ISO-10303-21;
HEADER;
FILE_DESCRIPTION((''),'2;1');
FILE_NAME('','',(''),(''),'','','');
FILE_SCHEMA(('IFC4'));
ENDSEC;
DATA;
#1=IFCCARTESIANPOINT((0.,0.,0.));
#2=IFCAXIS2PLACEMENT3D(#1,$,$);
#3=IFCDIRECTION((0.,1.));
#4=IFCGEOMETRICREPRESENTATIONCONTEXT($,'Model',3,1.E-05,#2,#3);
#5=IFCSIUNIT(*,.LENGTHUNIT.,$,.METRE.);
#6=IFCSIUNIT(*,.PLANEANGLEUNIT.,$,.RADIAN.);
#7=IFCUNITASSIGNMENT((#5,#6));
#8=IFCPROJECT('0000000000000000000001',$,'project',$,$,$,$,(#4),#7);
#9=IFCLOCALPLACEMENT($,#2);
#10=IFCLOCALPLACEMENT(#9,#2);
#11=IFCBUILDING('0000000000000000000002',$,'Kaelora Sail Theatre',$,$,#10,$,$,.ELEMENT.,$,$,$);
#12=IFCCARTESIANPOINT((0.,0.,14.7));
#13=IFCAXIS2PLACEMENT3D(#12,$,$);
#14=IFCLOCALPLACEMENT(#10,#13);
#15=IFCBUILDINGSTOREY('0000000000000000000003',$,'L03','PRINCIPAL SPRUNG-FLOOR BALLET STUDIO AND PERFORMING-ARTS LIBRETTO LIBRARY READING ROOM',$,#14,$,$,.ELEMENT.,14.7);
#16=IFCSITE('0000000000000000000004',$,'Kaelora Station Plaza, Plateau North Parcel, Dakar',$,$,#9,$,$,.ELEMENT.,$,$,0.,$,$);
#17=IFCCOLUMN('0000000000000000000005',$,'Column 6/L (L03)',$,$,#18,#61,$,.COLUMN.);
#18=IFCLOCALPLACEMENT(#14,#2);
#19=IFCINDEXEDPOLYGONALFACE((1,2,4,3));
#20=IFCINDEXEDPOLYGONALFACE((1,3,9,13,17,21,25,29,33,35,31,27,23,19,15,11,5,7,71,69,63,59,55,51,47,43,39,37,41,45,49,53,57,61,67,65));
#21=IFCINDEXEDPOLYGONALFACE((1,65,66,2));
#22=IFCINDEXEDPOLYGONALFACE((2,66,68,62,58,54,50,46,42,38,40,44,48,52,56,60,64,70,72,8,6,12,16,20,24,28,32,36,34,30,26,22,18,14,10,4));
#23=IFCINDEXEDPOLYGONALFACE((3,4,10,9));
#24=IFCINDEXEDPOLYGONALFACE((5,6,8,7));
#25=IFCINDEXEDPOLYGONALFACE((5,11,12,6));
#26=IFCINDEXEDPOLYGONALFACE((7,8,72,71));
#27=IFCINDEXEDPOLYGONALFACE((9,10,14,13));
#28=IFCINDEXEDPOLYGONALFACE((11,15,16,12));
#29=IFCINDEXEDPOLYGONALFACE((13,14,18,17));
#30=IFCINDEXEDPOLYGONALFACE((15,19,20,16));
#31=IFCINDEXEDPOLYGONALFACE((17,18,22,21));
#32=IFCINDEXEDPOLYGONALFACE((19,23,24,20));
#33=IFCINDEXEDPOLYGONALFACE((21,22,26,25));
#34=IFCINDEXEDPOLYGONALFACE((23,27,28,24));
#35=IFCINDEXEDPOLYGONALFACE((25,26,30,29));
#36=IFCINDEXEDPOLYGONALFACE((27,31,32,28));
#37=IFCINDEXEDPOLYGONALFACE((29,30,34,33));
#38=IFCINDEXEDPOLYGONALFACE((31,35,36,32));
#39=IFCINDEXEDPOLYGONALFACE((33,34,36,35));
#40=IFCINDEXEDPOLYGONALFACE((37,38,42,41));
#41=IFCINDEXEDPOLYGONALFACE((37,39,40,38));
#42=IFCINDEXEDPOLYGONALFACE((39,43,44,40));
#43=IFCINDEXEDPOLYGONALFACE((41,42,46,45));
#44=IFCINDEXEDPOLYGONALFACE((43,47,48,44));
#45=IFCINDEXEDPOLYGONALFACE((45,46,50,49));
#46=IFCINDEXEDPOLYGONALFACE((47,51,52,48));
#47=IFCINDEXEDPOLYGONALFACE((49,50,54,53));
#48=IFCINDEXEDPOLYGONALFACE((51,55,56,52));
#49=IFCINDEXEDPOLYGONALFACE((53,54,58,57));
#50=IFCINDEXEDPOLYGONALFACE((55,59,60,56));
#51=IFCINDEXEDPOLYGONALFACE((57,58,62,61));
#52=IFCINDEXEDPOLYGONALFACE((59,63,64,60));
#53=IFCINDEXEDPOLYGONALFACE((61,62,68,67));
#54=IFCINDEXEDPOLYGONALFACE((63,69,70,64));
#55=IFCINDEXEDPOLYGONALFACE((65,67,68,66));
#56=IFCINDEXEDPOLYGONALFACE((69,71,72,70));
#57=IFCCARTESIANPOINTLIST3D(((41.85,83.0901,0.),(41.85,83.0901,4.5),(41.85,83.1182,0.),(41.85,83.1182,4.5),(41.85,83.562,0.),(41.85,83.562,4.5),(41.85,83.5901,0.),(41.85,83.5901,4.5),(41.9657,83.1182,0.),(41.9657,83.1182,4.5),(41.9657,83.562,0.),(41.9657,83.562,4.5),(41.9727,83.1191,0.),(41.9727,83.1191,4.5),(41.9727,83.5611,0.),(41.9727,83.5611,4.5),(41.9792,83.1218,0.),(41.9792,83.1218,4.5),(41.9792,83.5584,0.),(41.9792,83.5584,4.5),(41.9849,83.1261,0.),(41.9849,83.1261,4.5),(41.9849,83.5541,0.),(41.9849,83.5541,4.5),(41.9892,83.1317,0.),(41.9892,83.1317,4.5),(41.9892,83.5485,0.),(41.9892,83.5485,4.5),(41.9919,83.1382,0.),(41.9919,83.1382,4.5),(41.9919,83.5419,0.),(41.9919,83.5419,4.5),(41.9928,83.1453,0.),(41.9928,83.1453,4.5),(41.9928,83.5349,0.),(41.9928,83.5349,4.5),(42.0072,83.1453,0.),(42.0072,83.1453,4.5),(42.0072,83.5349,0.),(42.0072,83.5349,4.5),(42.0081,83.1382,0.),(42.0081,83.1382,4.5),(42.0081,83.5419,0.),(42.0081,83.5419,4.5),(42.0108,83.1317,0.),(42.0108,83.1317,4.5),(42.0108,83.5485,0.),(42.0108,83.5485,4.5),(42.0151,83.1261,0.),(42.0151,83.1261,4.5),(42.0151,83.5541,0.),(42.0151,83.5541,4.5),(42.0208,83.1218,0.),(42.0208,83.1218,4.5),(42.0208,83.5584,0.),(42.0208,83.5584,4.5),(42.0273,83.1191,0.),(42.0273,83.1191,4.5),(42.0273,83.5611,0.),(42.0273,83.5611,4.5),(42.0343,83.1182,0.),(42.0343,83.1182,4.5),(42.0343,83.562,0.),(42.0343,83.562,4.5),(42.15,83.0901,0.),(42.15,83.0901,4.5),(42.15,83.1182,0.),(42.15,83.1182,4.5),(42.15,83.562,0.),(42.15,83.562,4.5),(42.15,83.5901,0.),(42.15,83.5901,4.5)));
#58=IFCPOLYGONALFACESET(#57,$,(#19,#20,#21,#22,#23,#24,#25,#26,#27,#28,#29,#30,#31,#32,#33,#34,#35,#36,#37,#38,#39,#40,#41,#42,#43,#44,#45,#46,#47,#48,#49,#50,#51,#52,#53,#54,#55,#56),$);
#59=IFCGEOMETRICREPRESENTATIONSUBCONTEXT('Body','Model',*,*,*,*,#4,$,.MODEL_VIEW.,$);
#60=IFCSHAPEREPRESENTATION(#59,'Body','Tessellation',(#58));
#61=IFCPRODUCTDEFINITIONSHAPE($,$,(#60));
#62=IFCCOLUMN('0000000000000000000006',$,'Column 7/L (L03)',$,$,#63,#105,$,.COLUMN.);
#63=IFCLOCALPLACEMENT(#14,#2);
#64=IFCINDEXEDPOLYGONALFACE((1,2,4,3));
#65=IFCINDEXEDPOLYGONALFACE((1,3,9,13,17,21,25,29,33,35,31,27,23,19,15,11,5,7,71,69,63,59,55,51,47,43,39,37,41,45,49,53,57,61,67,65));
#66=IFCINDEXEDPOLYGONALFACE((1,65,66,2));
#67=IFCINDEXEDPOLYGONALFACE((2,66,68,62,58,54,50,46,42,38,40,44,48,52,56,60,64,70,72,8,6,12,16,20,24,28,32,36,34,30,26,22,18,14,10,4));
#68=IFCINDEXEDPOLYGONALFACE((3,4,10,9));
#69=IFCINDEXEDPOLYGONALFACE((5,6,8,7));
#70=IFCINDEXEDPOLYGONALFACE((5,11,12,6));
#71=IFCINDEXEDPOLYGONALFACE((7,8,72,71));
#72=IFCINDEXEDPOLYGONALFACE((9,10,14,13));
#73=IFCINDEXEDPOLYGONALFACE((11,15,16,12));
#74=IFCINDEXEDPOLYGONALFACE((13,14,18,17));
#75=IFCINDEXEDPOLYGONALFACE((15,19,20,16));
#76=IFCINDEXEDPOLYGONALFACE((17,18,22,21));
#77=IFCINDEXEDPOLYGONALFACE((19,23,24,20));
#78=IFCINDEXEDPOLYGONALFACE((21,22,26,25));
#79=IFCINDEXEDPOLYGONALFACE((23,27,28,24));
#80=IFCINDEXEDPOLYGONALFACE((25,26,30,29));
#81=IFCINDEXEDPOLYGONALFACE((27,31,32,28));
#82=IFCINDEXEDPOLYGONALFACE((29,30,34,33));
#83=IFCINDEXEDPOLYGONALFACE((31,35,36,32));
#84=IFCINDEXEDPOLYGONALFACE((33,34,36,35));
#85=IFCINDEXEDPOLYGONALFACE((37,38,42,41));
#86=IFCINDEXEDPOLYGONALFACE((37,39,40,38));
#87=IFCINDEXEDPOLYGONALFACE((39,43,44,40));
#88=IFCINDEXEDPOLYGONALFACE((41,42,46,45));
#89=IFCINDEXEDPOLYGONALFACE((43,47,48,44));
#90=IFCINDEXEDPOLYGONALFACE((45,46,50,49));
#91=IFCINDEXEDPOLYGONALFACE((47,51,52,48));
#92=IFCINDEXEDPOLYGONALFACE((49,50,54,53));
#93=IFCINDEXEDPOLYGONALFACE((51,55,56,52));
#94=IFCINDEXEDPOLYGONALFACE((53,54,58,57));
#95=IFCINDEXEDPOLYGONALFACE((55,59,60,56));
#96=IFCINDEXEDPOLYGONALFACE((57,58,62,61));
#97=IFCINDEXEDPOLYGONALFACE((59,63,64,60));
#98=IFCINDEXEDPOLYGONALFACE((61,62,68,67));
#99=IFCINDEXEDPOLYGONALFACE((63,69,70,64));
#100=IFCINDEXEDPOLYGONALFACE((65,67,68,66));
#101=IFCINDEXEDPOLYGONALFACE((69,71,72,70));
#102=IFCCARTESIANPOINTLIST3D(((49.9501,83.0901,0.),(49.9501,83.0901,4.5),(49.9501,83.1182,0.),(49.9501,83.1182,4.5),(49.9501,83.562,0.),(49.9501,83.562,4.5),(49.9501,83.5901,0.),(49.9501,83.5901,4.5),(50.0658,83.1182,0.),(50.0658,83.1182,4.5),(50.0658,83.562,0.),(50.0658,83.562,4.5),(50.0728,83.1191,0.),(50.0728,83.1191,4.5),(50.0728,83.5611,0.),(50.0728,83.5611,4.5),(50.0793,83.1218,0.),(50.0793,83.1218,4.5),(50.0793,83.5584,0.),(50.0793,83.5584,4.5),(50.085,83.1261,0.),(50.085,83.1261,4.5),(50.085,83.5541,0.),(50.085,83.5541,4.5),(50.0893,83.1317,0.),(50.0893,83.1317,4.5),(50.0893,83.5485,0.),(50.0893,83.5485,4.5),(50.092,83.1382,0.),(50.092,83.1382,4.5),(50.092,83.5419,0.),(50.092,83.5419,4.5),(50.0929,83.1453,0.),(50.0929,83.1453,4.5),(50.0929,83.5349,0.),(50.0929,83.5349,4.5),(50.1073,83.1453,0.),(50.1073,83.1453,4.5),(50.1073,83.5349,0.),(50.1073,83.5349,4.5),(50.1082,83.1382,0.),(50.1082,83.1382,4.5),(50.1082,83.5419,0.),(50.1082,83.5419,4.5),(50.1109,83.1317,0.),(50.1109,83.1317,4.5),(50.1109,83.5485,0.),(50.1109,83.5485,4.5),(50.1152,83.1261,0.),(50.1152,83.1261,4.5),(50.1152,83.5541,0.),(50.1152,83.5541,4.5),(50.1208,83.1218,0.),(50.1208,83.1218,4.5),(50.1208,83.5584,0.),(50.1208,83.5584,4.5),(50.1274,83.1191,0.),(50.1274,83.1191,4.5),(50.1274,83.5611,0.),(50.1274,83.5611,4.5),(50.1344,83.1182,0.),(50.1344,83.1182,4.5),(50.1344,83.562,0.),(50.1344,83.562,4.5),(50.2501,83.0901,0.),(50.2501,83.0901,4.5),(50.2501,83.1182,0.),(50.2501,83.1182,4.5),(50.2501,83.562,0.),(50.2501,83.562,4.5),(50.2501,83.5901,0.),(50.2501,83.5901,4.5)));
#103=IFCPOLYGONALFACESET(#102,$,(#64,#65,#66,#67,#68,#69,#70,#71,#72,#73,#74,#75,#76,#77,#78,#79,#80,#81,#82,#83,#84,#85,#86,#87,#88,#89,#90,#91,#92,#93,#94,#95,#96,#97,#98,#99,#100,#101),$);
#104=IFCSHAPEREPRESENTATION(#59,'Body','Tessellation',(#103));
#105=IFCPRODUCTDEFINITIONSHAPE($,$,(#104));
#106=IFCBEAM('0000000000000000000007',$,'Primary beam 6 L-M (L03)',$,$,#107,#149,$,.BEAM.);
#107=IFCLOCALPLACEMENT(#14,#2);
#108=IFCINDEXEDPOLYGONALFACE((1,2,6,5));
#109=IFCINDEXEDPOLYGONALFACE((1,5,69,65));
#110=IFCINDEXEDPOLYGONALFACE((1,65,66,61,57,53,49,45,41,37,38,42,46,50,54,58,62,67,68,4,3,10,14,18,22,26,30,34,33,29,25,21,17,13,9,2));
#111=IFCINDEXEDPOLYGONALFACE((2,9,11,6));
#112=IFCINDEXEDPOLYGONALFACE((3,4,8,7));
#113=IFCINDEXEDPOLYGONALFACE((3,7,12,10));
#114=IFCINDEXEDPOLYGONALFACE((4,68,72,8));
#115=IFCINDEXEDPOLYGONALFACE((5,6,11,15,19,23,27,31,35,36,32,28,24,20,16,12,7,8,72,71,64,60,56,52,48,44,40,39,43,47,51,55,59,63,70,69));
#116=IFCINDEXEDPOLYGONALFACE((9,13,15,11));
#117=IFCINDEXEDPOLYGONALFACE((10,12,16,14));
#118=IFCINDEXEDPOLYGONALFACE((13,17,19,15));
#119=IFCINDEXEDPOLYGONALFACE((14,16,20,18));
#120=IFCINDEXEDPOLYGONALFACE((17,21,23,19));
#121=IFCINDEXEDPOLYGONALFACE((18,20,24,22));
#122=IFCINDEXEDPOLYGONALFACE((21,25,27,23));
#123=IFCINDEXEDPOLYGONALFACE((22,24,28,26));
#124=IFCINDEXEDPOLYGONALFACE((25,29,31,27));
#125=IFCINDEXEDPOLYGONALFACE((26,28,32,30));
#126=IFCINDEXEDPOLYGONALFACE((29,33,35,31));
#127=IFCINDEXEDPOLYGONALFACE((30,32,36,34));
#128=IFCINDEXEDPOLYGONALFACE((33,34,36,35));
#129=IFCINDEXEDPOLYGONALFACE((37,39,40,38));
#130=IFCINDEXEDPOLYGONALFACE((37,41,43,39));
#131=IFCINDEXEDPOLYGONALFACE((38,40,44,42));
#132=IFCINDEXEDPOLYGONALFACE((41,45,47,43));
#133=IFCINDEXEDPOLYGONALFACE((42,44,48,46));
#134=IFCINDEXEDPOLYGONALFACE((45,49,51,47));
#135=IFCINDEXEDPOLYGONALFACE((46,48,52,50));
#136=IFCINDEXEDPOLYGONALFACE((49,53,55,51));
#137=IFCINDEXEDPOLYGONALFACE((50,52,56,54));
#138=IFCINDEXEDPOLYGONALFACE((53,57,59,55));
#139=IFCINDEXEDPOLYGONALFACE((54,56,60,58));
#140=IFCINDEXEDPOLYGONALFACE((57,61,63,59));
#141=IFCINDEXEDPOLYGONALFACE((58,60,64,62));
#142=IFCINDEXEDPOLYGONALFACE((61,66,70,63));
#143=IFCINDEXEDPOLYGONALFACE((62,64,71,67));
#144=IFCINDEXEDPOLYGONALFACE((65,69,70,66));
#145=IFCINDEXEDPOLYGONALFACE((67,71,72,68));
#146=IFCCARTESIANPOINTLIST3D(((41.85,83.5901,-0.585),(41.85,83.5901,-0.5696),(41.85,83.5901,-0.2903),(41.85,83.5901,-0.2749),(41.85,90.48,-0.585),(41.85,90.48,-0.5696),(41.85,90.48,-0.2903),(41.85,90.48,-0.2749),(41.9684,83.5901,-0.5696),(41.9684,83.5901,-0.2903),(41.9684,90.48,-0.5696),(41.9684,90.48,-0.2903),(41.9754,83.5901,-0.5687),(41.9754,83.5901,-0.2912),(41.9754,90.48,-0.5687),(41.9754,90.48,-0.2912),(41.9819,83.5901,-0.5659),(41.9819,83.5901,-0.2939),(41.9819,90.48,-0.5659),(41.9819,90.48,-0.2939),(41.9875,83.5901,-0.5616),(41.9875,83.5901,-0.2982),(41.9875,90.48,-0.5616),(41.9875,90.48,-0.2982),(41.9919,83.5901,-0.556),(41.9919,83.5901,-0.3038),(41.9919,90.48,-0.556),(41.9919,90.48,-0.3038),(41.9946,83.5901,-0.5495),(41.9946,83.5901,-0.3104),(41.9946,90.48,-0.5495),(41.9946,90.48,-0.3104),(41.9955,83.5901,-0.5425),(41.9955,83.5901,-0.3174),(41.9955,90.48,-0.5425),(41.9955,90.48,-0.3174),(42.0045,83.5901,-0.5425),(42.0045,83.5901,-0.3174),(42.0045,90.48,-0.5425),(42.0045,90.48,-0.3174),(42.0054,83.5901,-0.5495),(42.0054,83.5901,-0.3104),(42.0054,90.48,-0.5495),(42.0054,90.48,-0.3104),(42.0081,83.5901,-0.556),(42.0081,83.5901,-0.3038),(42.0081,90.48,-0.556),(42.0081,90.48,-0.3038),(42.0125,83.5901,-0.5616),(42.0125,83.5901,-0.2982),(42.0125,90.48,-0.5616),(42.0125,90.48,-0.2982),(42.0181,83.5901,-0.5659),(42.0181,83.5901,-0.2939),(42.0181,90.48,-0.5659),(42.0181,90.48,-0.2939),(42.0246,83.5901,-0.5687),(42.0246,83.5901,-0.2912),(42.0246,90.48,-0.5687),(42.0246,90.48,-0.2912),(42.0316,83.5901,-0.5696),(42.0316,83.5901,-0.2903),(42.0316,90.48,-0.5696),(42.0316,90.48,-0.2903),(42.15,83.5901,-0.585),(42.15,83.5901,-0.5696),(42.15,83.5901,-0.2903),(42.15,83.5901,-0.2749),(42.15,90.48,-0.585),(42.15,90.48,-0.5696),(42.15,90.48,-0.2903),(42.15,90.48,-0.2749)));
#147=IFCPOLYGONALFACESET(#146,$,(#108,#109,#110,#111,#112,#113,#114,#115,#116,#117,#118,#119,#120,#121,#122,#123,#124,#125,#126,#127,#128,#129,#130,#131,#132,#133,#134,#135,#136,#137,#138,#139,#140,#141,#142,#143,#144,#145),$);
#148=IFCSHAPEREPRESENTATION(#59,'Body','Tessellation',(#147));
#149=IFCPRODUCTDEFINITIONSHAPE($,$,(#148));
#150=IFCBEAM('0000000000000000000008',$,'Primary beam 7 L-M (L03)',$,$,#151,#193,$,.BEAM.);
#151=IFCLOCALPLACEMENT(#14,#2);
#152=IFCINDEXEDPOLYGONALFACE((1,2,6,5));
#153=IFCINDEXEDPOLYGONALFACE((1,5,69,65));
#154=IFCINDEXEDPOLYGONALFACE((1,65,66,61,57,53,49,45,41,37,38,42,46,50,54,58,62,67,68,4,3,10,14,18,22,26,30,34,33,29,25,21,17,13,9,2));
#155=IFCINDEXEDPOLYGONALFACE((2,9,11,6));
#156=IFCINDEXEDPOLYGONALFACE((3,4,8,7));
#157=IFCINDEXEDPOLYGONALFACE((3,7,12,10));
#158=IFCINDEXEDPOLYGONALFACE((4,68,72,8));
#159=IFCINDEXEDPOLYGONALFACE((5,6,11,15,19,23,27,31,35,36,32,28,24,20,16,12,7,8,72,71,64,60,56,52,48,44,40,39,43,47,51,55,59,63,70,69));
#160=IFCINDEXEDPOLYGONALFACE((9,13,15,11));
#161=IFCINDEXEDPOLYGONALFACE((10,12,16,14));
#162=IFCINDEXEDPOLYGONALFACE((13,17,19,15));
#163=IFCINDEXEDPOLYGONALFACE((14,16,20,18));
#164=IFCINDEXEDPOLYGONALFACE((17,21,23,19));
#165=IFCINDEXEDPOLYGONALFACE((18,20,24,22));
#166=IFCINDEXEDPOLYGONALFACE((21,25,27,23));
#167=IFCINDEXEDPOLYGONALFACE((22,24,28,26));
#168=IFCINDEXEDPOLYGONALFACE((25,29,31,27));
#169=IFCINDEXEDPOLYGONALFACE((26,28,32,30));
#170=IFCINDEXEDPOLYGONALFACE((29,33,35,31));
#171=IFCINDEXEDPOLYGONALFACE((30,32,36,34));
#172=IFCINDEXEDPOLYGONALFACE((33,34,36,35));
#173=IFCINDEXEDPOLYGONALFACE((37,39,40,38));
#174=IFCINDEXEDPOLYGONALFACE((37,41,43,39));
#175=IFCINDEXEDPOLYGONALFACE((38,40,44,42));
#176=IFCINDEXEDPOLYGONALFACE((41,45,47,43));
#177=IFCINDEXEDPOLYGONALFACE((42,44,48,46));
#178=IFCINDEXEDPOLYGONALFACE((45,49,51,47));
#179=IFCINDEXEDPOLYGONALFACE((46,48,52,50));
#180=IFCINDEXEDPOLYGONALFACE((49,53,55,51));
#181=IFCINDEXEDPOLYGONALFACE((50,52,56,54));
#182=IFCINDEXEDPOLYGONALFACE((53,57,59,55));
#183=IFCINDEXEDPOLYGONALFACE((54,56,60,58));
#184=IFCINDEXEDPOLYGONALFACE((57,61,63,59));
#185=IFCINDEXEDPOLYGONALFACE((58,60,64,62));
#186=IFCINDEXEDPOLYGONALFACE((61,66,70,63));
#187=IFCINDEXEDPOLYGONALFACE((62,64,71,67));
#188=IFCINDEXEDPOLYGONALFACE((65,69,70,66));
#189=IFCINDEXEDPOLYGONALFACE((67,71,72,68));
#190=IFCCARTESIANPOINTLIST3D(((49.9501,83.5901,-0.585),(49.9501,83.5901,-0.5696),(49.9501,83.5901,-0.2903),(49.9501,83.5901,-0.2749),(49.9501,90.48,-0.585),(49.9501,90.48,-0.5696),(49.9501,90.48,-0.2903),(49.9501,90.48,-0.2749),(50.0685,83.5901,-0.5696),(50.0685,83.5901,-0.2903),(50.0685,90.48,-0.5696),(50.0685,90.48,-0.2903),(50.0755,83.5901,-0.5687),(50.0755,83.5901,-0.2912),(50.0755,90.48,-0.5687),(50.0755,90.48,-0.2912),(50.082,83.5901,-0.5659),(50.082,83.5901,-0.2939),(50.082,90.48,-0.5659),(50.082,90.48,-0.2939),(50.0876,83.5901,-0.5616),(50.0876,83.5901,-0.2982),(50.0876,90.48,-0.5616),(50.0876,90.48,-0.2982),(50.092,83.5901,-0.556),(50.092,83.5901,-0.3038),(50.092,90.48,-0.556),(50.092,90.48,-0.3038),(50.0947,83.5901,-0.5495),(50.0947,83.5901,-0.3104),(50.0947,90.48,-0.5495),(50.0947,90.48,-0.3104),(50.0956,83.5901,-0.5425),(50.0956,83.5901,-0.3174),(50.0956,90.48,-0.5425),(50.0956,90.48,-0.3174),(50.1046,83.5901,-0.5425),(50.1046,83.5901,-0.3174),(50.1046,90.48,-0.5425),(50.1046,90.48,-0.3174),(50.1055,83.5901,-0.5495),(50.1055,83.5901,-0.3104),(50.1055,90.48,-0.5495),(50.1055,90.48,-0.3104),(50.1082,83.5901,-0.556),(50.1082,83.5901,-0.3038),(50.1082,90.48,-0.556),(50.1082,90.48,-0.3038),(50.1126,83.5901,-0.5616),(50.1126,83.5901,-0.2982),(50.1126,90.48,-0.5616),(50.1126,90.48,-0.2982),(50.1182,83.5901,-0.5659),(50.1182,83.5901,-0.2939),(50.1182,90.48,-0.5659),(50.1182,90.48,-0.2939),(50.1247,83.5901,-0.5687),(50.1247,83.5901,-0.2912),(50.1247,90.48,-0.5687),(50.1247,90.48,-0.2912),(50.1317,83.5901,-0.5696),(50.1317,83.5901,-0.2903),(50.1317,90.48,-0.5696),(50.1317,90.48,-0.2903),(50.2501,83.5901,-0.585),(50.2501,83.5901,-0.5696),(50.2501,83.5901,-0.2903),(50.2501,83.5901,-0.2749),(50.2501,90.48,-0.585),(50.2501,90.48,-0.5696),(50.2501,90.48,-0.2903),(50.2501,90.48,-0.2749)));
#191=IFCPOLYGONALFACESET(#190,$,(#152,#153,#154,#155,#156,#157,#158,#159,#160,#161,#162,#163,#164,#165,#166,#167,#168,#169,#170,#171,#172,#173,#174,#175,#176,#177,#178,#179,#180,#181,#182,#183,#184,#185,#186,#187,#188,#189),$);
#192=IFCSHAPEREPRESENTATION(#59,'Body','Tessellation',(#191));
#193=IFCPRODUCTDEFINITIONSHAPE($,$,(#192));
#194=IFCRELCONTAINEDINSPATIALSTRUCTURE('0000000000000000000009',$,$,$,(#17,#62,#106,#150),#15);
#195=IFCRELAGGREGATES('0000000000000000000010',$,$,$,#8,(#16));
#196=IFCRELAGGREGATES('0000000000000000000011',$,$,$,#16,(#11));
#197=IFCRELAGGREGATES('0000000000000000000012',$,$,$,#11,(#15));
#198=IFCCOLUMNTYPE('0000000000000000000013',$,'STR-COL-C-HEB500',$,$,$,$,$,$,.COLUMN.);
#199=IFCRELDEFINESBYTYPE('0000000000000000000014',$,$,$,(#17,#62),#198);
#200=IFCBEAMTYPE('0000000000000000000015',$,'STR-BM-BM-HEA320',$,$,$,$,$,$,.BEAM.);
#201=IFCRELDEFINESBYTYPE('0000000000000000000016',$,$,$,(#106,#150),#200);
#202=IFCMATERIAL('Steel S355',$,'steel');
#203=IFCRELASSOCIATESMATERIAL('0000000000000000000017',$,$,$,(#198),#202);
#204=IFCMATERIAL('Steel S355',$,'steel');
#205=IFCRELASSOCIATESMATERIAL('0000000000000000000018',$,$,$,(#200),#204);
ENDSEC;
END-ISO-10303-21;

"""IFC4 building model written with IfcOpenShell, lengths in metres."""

from ifc_helpers import new_model, si_unit, direction, frame, origin, origin_2d, place, context, subcontext, project, spatial, i_section, extrude, material, material_profile, profile_set, type_object, element, save


model = new_model("IFC4")

# Units and contexts
model_context = context("Model", 3, precision=1e-05, world=origin(), true_north=direction((0.0, 1.0)))
body_context = subcontext(model_context, "Body", "Model", "MODEL_VIEW")
ifc_project = project(units=[si_unit("LENGTHUNIT", "METRE"), si_unit("PLANEANGLEUNIT", "RADIAN")], contexts=[model_context])

# Site, building, storey
site_placement = place(None, origin())
site = spatial("IfcSite", under=ifc_project, at=site_placement, Name="Kaelora Station Plaza, Plateau North Parcel, Dakar", CompositionType="ELEMENT", RefElevation=0.0)
building_placement = place(site_placement, origin())
building = spatial("IfcBuilding", under=site, at=building_placement, Name="Kaelora Sail Theatre", CompositionType="ELEMENT")
storey_placement = place(building_placement, frame((0.0, 0.0, 14.7)))
storey = spatial("IfcBuildingStorey", under=building, at=storey_placement, Name="L03", Description="PRINCIPAL SPRUNG-FLOOR BALLET STUDIO AND PERFORMING-ARTS LIBRETTO LIBRARY READING ROOM", CompositionType="ELEMENT", Elevation=14.7)

# Columns
ifc_material_1 = material(Name="Steel S355", Category="steel")
ifc_material_profile_1 = material_profile(ifc_material_1, i_section(OverallWidth=0.3, OverallDepth=0.5, WebThickness=0.0144, FlangeThickness=0.0281, FilletRadius=0.0271, at=origin_2d()), Name="HEB 500")
ifc_profile_set_1 = profile_set([ifc_material_profile_1], Name="Steel S355")
column_type = type_object("IfcColumnType", Name="STR-COL-C-HEB500", PredefinedType="COLUMN", material=ifc_profile_set_1)
for number, where, z_axis, x_axis, name in (
    (1, (42.0, 83.3401, 0.0), (0.0, 0.0, 1.0), (1.0, 0.0, 0.0), "Column 6/L (L03)"),
    (2, (50.1001, 83.3401, 0.0), (0.0, 0.0, 1.0), (1.0, 0.0, 0.0), "Column 7/L (L03)"),
):
    element("IfcColumn", number, at=place(storey_placement, frame(where, z_axis=z_axis, x_axis=x_axis)), inside=storey, type_object=column_type, Name=name, PredefinedType="COLUMN", context=body_context, shape_type="SweptSolid", body=[
        extrude(i_section(OverallWidth=0.3, OverallDepth=0.5, WebThickness=0.0144, FlangeThickness=0.0281, FilletRadius=0.0271, at=origin_2d()), origin(), (0.0, 0.0, 1.0), 4.5),
    ])

# Beams
ifc_material_2 = material(Name="Steel S355", Category="steel")
ifc_material_profile_2 = material_profile(ifc_material_2, i_section(OverallWidth=0.3, OverallDepth=0.3101, WebThickness=0.009, FlangeThickness=0.0154, FilletRadius=0.0271, at=origin_2d()), Name="HEA 320")
ifc_profile_set_2 = profile_set([ifc_material_profile_2], Name="Steel S355")
beam_type_1 = type_object("IfcBeamType", Name="STR-BM-BM-HEA320", PredefinedType="BEAM", material=ifc_profile_set_2)
for number, where, z_axis, x_axis, name in (
    (3, (42.0, 83.5901, -0.4299), (0.0, 1.0, 0.0), (-1.0, 0.0, 0.0), "Primary beam 6 L-M (L03)"),
    (4, (50.1001, 83.5901, -0.4299), (0.0, 1.0, 0.0), (-1.0, 0.0, 0.0), "Primary beam 7 L-M (L03)"),
):
    element("IfcBeam", number, at=place(storey_placement, frame(where, z_axis=z_axis, x_axis=x_axis)), inside=storey, type_object=beam_type_1, Name=name, PredefinedType="BEAM", context=body_context, shape_type="SweptSolid", body=[
        extrude(i_section(OverallWidth=0.3, OverallDepth=0.3101, WebThickness=0.009, FlangeThickness=0.0154, FilletRadius=0.0271, at=origin_2d()), origin(), (0.0, 0.0, 1.0), 6.8899),
    ])

save(model, "model.ifc")
